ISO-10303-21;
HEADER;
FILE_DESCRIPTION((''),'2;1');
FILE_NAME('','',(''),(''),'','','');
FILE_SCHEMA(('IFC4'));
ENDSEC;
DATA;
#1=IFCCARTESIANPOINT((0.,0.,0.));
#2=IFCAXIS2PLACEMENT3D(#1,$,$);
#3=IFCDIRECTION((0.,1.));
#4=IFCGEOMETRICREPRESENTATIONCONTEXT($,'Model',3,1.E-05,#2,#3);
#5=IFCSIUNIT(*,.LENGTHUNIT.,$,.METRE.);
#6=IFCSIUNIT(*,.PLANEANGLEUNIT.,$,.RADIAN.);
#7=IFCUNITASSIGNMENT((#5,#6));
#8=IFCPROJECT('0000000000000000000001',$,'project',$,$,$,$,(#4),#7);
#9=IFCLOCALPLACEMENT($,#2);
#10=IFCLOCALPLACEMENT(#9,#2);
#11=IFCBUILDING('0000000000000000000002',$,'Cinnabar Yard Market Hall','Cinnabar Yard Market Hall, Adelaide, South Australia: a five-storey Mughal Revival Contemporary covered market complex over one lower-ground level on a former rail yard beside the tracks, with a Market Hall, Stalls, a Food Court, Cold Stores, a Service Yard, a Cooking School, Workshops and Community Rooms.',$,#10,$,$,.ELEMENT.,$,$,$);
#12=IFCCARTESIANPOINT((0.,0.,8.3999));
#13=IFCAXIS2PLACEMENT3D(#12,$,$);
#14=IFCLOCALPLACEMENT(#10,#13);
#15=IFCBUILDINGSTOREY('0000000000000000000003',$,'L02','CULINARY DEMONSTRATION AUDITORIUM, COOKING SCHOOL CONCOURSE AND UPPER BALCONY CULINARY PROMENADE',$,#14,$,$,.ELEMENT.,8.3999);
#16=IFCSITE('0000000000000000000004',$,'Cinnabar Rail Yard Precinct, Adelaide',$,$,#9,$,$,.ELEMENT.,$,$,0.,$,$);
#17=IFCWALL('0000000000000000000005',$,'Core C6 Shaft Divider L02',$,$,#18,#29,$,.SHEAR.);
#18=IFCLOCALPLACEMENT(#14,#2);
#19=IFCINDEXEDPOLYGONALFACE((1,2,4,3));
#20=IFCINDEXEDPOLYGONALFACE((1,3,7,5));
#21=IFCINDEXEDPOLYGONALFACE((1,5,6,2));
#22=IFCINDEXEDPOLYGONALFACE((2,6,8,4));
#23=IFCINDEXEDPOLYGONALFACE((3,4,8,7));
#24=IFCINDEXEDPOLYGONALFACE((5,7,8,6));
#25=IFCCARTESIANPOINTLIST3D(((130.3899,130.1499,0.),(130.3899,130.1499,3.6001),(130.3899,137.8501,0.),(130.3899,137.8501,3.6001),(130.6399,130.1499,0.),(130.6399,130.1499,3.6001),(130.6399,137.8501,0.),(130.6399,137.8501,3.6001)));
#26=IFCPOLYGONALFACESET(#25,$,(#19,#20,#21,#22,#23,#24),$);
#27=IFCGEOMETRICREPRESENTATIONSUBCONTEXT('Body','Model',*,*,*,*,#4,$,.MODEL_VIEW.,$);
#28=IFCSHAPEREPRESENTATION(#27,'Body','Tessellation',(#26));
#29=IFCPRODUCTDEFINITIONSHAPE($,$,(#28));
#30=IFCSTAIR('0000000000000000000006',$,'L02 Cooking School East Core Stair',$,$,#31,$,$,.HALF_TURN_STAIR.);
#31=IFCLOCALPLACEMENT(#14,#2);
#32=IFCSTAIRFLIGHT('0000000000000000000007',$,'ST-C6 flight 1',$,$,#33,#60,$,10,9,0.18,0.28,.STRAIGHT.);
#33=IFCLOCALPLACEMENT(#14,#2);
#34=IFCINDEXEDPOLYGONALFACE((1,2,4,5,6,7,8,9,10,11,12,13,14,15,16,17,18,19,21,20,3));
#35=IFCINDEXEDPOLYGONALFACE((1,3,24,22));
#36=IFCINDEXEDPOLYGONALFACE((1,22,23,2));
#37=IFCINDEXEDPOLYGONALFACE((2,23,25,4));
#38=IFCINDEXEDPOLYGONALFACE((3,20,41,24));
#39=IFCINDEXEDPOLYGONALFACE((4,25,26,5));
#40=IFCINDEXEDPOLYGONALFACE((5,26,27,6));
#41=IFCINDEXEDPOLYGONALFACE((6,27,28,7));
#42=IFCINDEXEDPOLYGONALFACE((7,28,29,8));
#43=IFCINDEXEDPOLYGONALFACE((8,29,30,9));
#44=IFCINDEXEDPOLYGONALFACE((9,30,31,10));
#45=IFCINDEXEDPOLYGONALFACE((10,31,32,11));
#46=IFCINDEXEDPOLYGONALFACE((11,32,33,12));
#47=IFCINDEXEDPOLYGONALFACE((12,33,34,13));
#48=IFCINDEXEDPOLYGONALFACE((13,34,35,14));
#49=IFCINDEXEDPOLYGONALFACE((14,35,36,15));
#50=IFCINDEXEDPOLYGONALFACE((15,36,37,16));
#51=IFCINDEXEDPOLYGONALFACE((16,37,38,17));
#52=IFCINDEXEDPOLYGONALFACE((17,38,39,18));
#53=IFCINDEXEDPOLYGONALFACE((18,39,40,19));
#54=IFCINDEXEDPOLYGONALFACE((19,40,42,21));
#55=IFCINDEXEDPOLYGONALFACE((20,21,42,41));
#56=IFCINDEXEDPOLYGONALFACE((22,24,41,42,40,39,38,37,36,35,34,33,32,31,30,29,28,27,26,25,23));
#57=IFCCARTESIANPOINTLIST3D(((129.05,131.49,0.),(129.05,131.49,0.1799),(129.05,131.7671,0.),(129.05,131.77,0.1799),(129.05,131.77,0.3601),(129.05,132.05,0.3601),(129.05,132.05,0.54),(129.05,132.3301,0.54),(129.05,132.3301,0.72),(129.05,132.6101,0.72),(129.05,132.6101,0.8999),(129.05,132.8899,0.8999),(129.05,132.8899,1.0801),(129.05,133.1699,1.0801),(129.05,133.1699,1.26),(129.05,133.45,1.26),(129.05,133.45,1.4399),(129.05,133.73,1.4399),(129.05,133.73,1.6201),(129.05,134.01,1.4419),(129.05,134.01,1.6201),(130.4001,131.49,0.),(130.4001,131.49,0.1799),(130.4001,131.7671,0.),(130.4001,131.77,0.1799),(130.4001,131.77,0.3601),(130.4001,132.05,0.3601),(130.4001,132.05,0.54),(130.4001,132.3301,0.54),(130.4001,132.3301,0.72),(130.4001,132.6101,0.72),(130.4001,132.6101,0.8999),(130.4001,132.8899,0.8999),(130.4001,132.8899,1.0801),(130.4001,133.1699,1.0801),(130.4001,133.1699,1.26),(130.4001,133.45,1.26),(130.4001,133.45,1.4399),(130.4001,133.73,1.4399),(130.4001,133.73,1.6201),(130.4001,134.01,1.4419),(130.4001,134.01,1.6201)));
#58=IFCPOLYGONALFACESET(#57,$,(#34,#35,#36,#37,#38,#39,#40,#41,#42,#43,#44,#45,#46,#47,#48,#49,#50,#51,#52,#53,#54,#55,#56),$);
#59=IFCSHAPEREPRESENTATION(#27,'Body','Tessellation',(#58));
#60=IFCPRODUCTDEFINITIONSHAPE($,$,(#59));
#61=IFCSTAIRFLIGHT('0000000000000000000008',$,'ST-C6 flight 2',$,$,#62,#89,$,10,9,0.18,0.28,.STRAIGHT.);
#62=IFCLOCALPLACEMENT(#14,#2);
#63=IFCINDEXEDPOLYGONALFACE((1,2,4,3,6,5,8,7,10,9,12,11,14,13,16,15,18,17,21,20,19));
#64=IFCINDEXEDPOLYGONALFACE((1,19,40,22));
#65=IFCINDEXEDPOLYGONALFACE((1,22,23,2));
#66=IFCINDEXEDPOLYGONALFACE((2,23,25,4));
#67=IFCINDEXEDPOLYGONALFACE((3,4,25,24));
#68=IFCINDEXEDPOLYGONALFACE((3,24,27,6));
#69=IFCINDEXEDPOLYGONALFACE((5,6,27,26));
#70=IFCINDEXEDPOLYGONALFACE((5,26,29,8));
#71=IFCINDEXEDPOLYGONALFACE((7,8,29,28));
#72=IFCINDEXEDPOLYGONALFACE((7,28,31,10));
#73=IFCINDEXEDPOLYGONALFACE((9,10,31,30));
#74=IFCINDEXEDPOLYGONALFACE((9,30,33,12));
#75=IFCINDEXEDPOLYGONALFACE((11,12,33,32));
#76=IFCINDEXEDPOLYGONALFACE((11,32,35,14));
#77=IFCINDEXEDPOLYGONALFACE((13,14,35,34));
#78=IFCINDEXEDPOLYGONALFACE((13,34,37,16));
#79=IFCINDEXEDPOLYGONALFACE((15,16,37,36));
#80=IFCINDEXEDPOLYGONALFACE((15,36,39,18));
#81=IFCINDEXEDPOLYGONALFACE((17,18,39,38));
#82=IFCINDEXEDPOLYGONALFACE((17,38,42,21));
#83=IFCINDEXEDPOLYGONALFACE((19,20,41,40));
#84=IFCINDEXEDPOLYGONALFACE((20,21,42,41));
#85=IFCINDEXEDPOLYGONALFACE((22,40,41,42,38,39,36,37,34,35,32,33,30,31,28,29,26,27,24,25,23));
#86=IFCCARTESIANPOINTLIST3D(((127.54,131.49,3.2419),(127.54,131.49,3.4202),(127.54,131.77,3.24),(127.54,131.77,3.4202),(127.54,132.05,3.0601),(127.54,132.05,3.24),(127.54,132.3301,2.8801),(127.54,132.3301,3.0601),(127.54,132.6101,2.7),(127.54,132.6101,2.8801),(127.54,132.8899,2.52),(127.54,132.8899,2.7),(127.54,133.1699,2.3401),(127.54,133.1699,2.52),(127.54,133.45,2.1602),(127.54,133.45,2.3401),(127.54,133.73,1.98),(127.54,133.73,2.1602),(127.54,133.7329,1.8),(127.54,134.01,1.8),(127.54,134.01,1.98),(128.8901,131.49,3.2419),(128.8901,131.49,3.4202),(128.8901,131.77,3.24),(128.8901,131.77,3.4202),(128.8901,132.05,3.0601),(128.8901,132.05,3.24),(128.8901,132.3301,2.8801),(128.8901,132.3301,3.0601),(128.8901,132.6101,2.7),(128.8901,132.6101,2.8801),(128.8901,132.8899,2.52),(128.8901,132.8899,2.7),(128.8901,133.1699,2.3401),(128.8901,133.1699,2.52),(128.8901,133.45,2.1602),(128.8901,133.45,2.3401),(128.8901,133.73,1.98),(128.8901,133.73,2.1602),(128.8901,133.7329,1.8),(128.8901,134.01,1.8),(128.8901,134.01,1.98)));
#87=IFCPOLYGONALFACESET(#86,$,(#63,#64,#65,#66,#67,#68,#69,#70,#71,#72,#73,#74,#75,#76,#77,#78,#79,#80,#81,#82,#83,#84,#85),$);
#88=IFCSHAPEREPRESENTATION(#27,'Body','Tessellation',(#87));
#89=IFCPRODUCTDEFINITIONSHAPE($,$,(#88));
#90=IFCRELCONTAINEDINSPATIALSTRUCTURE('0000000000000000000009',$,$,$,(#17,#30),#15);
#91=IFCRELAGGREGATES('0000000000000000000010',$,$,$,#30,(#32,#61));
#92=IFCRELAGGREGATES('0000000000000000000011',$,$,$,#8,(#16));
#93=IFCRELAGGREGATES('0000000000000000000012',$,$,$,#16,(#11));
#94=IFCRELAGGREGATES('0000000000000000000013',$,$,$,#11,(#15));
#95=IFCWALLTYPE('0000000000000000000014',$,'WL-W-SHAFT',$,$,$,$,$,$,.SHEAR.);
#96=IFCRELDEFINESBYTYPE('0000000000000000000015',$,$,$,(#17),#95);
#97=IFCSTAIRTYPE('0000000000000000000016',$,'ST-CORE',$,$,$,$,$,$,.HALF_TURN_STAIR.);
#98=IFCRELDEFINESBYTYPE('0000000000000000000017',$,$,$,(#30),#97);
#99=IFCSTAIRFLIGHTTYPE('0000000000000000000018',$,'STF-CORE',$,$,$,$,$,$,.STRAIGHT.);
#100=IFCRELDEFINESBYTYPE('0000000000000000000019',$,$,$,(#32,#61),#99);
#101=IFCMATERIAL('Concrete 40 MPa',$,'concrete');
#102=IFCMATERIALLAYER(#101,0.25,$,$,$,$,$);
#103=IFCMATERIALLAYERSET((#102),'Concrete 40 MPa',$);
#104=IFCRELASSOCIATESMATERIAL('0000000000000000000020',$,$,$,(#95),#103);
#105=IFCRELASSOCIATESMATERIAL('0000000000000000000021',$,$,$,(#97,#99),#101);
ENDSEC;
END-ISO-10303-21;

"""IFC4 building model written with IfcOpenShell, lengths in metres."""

from ifc_helpers import new_model, si_unit, direction, frame, frame_2d, origin, place, context, subcontext, project, spatial, polyline, rectangle, outline, extrude, material, layer, layer_set, type_object, element, aggregate, save


model = new_model("IFC4")

# Units and contexts
model_context = context("Model", 3, precision=1e-05, world=origin(), true_north=direction((0.0, 1.0)))
body_context = subcontext(model_context, "Body", "Model", "MODEL_VIEW")
ifc_project = project(units=[si_unit("LENGTHUNIT", "METRE"), si_unit("PLANEANGLEUNIT", "RADIAN")], contexts=[model_context])

# Site, building, storey
site_placement = place(None, origin())
site = spatial("IfcSite", under=ifc_project, at=site_placement, Name="Cinnabar Rail Yard Precinct, Adelaide", CompositionType="ELEMENT", RefElevation=0.0)
building_placement = place(site_placement, origin())
building = spatial("IfcBuilding", under=site, at=building_placement, Name="Cinnabar Yard Market Hall", Description="Cinnabar Yard Market Hall, Adelaide, South Australia: a five-storey Mughal Revival Contemporary covered market complex over one lower-ground level on a former rail yard beside the tracks, with a Market Hall, Stalls, a Food Court, Cold Stores, a Service Yard, a Cooking School, Workshops and Community Rooms.", CompositionType="ELEMENT")
storey_placement = place(building_placement, frame((0.0, 0.0, 8.3999)))
storey = spatial("IfcBuildingStorey", under=building, at=storey_placement, Name="L02", Description="CULINARY DEMONSTRATION AUDITORIUM, COOKING SCHOOL CONCOURSE AND UPPER BALCONY CULINARY PROMENADE", CompositionType="ELEMENT", Elevation=8.3999)

# Wall
ifc_material_1 = material(Name="Concrete 40 MPa", Category="concrete")
ifc_layer_1 = layer(ifc_material_1, 0.25)
ifc_layer_set_1 = layer_set([ifc_layer_1], Name="Concrete 40 MPa")
wall_type_1 = type_object("IfcWallType", Name="WL-W-SHAFT", PredefinedType="SHEAR", material=ifc_layer_set_1)
wall_1_placement = place(storey_placement, frame((130.5149, 130.1499, 0.0), z_axis=(0.0, 0.0, 1.0), x_axis=(0.0, 1.0, 0.0)))
element("IfcWall", 1, at=wall_1_placement, inside=storey, type_object=wall_type_1, Name="Core C6 Shaft Divider L02", PredefinedType="SHEAR", context=body_context, shape_type="SweptSolid", body=[
    extrude(rectangle(XDim=7.7002, YDim=0.25, at=frame_2d((3.8501, 0.0), x_axis=(1.0, 0.0))), origin(), (0.0, 0.0, 1.0), 3.6001),
])

# Stair, stair flights
stair_type = type_object("IfcStairType", Name="ST-CORE", PredefinedType="HALF_TURN_STAIR", material=ifc_material_1)
stair_placement = place(storey_placement, origin())
stair = element("IfcStair", 2, at=stair_placement, inside=storey, type_object=stair_type, Name="L02 Cooking School East Core Stair", PredefinedType="HALF_TURN_STAIR")
stair_flight_type = type_object("IfcStairFlightType", Name="STF-CORE", PredefinedType="STRAIGHT", material=ifc_material_1)
stair_flight_1_placement = place(storey_placement, frame((129.7251, 131.49, 0.0), z_axis=(0.0, 0.0, 1.0), x_axis=(0.0, 1.0, 0.0)))
stair_flight_1 = element("IfcStairFlight", 3, at=stair_flight_1_placement, type_object=stair_flight_type, Name="ST-C6 flight 1", NumberOfRisers=10, NumberOfTreads=9, PredefinedType="STRAIGHT", RiserHeight=0.18, TreadLength=0.28, context=body_context, shape_type="SweptSolid", body=[
    extrude(outline(polyline([(0.0, 0.0), (0.0, 0.1799), (0.28, 0.1799), (0.28, 0.3601), (0.5601, 0.3601), (0.5601, 0.54), (0.8401, 0.54), (0.8401, 0.72), (1.1201, 0.72), (1.1201, 0.8999), (1.3999, 0.8999), (1.3999, 1.0801), (1.6799, 1.0801), (1.6799, 1.26), (1.96, 1.26), (1.96, 1.4399), (2.24, 1.4399), (2.24, 1.6201), (2.52, 1.6201), (2.52, 1.8), (2.52, 1.4419), (0.2771, 0.0), (0.0, 0.0)])), frame((0.0, 0.675, 0.0), z_axis=(0.0, -1.0, 0.0), x_axis=(1.0, 0.0, 0.0)), (0.0, 0.0, 1.0), 1.3501),
])
stair_flight_2_placement = place(storey_placement, frame((128.2151, 134.01, 1.8), z_axis=(0.0, 0.0, 1.0), x_axis=(0.0, -1.0, 0.0)))
stair_flight_2 = element("IfcStairFlight", 4, at=stair_flight_2_placement, type_object=stair_flight_type, Name="ST-C6 flight 2", NumberOfRisers=10, NumberOfTreads=9, PredefinedType="STRAIGHT", RiserHeight=0.18, TreadLength=0.28, context=body_context, shape_type="SweptSolid", body=[
    extrude(outline(polyline([(0.0, 0.0), (0.0, 0.1799), (0.28, 0.1799), (0.28, 0.3601), (0.5601, 0.3601), (0.5601, 0.54), (0.8401, 0.54), (0.8401, 0.72), (1.1201, 0.72), (1.1201, 0.8999), (1.3999, 0.8999), (1.3999, 1.0801), (1.6799, 1.0801), (1.6799, 1.26), (1.96, 1.26), (1.96, 1.4399), (2.24, 1.4399), (2.24, 1.6201), (2.52, 1.6201), (2.52, 1.8), (2.52, 1.4419), (0.2771, 0.0), (0.0, 0.0)])), frame((0.0, 0.675, 0.0), z_axis=(0.0, -1.0, 0.0), x_axis=(1.0, 0.0, 0.0)), (0.0, 0.0, 1.0), 1.3501),
])
aggregate(stair, [stair_flight_1, stair_flight_2])

save(model, "model.ifc")
